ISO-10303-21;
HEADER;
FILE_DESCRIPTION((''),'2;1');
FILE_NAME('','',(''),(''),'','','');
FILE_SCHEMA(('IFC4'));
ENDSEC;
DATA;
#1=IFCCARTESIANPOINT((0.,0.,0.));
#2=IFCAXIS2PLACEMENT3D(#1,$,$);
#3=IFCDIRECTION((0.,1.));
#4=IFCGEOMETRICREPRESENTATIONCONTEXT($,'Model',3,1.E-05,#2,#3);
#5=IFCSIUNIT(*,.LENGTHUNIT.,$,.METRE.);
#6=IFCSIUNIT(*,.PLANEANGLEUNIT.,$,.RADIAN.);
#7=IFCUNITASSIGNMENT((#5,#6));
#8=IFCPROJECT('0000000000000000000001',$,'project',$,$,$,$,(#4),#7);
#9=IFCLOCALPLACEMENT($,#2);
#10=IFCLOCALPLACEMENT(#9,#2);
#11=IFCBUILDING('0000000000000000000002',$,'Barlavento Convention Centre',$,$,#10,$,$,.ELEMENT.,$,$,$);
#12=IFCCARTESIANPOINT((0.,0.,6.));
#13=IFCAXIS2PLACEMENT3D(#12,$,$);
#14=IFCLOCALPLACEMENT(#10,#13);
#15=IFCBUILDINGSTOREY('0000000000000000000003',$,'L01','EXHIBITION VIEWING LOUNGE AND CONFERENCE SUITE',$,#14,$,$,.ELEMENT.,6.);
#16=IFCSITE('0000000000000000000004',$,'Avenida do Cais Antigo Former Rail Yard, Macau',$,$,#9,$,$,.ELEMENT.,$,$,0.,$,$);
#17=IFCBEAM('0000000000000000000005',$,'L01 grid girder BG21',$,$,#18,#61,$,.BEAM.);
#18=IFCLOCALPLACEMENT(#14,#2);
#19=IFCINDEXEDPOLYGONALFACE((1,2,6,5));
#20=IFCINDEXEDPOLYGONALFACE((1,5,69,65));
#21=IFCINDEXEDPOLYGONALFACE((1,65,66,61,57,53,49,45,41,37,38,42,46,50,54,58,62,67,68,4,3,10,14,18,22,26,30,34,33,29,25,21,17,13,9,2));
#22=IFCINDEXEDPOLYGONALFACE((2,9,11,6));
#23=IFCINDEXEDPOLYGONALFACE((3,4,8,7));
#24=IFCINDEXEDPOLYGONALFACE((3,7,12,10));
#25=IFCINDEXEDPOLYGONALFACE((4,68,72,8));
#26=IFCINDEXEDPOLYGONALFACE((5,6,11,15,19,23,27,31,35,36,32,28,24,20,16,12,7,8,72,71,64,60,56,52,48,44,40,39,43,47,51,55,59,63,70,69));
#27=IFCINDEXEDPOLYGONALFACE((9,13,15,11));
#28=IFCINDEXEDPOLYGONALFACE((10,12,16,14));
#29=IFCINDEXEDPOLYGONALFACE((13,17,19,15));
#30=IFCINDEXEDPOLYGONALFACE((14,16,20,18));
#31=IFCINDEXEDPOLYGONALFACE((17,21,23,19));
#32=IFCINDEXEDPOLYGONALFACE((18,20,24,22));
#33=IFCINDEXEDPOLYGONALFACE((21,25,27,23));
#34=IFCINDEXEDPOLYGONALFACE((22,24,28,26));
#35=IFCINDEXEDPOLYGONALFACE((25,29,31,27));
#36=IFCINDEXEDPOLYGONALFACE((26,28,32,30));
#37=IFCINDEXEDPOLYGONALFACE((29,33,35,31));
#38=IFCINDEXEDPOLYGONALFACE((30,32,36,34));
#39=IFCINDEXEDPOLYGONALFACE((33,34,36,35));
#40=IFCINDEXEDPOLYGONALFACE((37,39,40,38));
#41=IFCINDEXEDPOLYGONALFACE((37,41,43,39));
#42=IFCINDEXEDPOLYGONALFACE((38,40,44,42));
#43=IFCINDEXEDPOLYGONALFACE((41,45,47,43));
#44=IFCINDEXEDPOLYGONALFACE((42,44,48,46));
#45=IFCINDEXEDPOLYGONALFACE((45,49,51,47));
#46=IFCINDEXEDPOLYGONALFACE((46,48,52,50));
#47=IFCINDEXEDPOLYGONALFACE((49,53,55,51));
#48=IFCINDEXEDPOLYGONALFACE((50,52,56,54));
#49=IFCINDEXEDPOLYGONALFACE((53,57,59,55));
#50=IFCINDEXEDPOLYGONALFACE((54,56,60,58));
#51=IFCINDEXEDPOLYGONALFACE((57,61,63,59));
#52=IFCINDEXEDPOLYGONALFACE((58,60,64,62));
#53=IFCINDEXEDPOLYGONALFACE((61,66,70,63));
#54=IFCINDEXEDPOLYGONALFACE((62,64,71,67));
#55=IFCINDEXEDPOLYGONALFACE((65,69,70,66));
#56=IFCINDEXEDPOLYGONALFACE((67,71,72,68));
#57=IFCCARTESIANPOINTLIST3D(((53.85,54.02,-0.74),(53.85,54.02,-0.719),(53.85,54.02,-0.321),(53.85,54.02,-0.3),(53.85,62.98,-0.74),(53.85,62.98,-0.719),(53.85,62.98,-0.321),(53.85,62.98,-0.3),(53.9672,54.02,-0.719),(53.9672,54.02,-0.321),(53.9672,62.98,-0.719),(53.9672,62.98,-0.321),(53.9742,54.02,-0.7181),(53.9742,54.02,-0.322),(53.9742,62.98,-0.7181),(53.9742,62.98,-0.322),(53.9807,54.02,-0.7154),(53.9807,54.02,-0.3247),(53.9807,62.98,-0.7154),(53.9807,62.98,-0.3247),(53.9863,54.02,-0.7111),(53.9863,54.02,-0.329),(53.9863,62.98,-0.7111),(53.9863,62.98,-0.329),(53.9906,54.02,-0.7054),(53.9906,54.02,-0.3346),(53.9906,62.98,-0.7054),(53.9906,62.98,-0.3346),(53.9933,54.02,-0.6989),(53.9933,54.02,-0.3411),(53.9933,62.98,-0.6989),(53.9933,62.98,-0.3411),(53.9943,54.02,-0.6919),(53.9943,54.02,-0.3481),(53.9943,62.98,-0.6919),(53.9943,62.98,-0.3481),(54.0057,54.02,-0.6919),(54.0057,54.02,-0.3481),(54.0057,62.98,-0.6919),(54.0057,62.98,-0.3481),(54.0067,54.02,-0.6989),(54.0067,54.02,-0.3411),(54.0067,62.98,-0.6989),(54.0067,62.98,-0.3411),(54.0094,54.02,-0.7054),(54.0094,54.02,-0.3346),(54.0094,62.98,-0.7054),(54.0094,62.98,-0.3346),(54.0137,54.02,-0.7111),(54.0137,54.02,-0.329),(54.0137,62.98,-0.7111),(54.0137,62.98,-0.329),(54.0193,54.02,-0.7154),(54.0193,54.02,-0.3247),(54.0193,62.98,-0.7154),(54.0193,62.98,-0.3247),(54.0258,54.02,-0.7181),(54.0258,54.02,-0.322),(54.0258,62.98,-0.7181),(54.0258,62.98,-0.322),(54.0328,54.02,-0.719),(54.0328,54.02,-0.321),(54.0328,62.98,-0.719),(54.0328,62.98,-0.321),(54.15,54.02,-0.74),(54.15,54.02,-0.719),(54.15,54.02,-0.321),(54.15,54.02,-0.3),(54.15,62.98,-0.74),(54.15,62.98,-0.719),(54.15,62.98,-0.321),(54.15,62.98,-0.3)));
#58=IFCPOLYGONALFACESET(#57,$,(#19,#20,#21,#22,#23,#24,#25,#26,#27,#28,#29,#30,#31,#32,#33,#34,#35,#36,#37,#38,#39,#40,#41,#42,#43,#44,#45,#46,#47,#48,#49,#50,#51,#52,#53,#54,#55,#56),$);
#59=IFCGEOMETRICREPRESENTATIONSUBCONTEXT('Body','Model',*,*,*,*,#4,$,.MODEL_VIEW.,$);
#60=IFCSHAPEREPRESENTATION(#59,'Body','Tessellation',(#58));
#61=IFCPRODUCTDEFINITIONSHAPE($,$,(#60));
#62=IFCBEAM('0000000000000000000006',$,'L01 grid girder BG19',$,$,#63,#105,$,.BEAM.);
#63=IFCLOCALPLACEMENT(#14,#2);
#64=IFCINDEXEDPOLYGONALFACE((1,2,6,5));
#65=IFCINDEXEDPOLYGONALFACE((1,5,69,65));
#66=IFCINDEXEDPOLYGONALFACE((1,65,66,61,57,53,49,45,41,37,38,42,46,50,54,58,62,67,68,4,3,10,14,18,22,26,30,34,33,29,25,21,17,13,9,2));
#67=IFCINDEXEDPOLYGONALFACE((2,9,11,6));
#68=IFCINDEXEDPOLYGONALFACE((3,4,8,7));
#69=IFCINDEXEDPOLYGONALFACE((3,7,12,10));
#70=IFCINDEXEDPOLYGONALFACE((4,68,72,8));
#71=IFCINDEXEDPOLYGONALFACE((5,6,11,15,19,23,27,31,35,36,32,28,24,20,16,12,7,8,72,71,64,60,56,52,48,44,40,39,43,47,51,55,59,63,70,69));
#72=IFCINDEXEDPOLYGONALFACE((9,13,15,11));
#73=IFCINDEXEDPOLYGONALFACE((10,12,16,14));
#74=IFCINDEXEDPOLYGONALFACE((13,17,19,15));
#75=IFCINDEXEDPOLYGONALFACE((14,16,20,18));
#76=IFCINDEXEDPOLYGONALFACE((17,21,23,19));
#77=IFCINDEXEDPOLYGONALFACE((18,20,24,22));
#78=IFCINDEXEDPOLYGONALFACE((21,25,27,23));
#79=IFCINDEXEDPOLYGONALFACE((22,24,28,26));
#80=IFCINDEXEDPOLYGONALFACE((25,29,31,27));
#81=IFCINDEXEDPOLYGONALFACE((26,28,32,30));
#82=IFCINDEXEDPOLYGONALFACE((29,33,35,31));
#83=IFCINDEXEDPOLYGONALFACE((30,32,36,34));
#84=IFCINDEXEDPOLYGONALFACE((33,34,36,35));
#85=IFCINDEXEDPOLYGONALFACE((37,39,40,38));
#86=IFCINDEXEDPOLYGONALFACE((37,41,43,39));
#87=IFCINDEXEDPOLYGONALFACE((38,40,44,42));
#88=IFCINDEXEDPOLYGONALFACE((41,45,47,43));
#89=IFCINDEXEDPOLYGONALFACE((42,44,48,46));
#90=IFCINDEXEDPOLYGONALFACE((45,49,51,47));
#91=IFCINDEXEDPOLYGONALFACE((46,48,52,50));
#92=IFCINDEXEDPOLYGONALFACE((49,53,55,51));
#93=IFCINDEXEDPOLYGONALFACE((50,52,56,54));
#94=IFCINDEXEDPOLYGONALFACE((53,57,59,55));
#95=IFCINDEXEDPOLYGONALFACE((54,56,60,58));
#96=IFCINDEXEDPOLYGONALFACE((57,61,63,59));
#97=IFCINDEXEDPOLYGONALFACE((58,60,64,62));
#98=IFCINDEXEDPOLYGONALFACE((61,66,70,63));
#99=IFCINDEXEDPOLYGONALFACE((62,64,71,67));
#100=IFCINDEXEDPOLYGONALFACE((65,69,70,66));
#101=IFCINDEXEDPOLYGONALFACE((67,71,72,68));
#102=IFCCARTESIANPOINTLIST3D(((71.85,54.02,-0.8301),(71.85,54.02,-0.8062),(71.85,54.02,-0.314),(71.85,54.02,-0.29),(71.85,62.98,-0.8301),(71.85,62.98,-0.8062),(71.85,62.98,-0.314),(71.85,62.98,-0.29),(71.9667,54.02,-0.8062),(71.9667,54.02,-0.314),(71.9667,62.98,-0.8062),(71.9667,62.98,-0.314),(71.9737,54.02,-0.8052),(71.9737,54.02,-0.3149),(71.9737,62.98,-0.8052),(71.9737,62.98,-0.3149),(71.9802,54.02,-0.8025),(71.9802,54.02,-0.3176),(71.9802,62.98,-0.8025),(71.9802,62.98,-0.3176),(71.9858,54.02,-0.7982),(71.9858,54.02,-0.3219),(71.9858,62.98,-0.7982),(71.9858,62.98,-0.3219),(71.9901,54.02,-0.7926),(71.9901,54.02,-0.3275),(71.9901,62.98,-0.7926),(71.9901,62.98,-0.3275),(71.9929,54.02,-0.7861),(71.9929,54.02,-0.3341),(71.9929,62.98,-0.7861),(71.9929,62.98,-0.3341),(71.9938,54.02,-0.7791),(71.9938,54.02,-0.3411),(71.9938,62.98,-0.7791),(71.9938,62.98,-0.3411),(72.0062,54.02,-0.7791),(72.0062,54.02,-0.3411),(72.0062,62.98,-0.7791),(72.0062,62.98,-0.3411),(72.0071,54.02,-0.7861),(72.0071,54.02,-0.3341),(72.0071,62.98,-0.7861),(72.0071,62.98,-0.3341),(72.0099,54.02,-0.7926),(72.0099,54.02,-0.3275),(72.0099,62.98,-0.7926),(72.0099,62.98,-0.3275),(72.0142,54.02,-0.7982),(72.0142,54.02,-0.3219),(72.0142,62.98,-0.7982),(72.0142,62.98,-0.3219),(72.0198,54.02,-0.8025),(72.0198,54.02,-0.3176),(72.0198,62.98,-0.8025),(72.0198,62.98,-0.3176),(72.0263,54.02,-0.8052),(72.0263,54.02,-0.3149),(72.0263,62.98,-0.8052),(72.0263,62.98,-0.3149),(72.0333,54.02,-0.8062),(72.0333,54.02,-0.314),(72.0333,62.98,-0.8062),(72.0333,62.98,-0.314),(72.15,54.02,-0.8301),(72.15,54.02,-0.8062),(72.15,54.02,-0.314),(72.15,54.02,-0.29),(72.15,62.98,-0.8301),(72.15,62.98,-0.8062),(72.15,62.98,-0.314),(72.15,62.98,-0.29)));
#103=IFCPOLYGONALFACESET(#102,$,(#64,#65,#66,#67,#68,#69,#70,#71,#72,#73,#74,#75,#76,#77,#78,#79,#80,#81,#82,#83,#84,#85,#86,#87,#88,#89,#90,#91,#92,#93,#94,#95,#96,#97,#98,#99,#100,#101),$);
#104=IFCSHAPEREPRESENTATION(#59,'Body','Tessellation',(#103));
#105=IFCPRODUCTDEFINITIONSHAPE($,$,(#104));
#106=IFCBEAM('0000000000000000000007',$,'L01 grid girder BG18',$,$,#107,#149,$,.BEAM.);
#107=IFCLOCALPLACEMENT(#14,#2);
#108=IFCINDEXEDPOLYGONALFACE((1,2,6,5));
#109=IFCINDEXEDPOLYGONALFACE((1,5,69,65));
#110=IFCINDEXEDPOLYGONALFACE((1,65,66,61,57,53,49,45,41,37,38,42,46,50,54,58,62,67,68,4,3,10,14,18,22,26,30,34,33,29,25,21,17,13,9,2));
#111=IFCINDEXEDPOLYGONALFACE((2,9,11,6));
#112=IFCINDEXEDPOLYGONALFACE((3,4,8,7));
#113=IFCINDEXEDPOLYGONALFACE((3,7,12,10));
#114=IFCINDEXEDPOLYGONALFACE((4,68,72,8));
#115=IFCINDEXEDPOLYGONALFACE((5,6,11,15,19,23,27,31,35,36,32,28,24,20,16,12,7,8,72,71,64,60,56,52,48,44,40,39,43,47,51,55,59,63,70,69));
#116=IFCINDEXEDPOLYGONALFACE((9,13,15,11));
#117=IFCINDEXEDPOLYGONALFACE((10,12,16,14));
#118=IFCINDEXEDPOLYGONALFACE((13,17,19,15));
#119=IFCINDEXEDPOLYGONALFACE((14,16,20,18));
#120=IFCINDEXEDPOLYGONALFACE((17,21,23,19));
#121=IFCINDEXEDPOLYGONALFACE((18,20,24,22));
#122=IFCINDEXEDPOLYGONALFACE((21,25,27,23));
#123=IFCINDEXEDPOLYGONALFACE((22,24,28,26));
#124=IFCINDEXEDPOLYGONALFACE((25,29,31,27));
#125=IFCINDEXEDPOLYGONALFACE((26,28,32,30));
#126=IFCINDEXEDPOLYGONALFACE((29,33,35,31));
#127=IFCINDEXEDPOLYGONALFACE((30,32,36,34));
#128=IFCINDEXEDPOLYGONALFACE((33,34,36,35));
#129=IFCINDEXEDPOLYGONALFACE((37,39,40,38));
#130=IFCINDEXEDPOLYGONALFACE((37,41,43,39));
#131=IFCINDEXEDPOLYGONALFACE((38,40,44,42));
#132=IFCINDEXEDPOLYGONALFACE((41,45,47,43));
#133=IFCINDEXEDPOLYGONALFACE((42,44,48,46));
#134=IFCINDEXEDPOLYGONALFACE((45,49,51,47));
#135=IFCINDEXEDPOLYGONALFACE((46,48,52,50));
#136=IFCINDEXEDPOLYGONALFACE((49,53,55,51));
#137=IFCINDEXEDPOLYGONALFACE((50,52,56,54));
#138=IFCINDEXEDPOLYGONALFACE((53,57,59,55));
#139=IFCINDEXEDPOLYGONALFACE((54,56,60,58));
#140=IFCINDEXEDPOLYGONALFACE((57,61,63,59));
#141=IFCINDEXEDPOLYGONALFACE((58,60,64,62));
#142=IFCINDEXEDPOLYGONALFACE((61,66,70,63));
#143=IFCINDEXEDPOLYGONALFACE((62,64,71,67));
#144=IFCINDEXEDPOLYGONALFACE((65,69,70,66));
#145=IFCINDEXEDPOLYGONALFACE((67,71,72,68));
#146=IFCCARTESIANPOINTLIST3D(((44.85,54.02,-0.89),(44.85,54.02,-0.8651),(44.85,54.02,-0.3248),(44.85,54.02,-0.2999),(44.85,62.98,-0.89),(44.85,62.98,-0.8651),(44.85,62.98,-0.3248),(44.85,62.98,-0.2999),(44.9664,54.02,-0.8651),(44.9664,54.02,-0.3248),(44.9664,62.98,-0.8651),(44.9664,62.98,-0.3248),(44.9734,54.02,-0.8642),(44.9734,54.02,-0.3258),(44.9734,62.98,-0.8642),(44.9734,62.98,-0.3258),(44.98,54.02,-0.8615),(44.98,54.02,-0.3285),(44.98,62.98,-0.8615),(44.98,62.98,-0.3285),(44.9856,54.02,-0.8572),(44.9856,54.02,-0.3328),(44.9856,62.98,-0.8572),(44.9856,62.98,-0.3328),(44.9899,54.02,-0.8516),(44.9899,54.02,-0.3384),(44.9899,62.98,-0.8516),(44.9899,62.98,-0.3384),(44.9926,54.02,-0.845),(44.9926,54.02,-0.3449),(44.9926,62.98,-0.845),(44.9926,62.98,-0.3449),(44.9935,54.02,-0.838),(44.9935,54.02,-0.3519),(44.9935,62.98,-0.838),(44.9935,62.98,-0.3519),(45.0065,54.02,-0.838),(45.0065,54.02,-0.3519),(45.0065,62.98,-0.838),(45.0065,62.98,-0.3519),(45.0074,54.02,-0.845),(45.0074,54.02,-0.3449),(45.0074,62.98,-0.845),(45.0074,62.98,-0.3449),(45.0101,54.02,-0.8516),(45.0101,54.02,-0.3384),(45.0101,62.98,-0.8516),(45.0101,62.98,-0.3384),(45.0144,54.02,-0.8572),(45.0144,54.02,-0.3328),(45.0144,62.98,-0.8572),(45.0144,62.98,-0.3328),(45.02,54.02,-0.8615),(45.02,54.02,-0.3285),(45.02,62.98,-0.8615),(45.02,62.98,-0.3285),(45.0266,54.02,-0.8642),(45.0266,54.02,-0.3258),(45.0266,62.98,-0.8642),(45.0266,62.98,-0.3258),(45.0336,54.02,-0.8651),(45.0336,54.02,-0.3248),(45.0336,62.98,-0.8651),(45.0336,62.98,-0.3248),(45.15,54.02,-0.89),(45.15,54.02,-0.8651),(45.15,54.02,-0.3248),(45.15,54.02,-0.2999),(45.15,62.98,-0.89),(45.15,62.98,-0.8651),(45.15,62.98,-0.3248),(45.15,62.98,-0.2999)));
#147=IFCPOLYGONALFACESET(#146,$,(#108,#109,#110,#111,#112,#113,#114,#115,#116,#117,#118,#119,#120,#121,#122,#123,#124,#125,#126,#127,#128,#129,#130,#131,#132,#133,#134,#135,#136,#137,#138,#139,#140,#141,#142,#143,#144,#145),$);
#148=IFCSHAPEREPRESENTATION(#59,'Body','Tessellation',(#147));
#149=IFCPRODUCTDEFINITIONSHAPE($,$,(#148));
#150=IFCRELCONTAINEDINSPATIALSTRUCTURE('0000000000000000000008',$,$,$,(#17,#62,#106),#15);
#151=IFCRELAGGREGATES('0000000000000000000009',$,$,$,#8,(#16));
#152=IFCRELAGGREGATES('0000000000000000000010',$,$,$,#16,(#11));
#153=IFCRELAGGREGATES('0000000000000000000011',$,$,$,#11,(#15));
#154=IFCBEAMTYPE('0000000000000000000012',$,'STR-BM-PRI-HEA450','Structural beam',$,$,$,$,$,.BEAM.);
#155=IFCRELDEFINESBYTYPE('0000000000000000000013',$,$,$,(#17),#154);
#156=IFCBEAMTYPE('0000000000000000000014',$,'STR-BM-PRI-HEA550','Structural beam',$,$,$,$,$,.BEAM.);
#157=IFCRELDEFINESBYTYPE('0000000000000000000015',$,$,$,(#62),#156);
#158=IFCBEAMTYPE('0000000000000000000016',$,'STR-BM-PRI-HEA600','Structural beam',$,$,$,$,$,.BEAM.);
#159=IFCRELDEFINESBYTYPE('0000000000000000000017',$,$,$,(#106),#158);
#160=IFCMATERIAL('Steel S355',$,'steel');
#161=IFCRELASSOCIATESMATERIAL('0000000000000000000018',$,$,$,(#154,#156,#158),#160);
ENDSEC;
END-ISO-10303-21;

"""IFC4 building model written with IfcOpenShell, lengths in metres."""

from ifc_helpers import new_model, si_unit, direction, frame, origin, origin_2d, place, context, subcontext, project, spatial, i_section, extrude, material, material_profile, profile_set, type_object, element, save


model = new_model("IFC4")

# Units and contexts
model_context = context("Model", 3, precision=1e-05, world=origin(), true_north=direction((0.0, 1.0)))
body_context = subcontext(model_context, "Body", "Model", "MODEL_VIEW")
ifc_project = project(units=[si_unit("LENGTHUNIT", "METRE"), si_unit("PLANEANGLEUNIT", "RADIAN")], contexts=[model_context])

# Site, building, storey
site_placement = place(None, origin())
site = spatial("IfcSite", under=ifc_project, at=site_placement, Name="Avenida do Cais Antigo Former Rail Yard, Macau", CompositionType="ELEMENT", RefElevation=0.0)
building_placement = place(site_placement, origin())
building = spatial("IfcBuilding", under=site, at=building_placement, Name="Barlavento Convention Centre", CompositionType="ELEMENT")
storey_placement = place(building_placement, frame((0.0, 0.0, 6.0)))
storey = spatial("IfcBuildingStorey", under=building, at=storey_placement, Name="L01", Description="EXHIBITION VIEWING LOUNGE AND CONFERENCE SUITE", CompositionType="ELEMENT", Elevation=6.0)

# Beams
ifc_material_1 = material(Name="Steel S355", Category="steel")
ifc_material_profile_1 = material_profile(ifc_material_1, i_section(OverallWidth=0.3, OverallDepth=0.4399, WebThickness=0.0115, FlangeThickness=0.021, FilletRadius=0.0271, at=origin_2d()), Name="HEA 450")
ifc_profile_set_1 = profile_set([ifc_material_profile_1], Name="Steel S355")
beam_type_1 = type_object("IfcBeamType", Name="STR-BM-PRI-HEA450", Description="Structural beam", PredefinedType="BEAM", material=ifc_profile_set_1)
beam_1_placement = place(storey_placement, frame((54.0, 54.02, -0.52), z_axis=(0.0, 1.0, 0.0), x_axis=(-1.0, 0.0, 0.0)))
element("IfcBeam", 1, at=beam_1_placement, inside=storey, type_object=beam_type_1, Name="L01 grid girder BG21", PredefinedType="BEAM", context=body_context, shape_type="SweptSolid", body=[
    extrude(i_section(OverallWidth=0.3, OverallDepth=0.4399, WebThickness=0.0115, FlangeThickness=0.021, FilletRadius=0.0271, at=origin_2d()), origin(), (0.0, 0.0, 1.0), 8.96),
])
ifc_material_profile_2 = material_profile(ifc_material_1, i_section(OverallWidth=0.3, OverallDepth=0.54, WebThickness=0.0125, FlangeThickness=0.0239, FilletRadius=0.0271, at=origin_2d()), Name="HEA 550")
ifc_profile_set_2 = profile_set([ifc_material_profile_2], Name="Steel S355")
beam_type_2 = type_object("IfcBeamType", Name="STR-BM-PRI-HEA550", Description="Structural beam", PredefinedType="BEAM", material=ifc_profile_set_2)
beam_2_placement = place(storey_placement, frame((72.0, 54.02, -0.5601), z_axis=(0.0, 1.0, 0.0), x_axis=(-1.0, 0.0, 0.0)))
element("IfcBeam", 2, at=beam_2_placement, inside=storey, type_object=beam_type_2, Name="L01 grid girder BG19", PredefinedType="BEAM", context=body_context, shape_type="SweptSolid", body=[
    extrude(i_section(OverallWidth=0.3, OverallDepth=0.54, WebThickness=0.0125, FlangeThickness=0.0239, FilletRadius=0.0271, at=origin_2d()), origin(), (0.0, 0.0, 1.0), 8.96),
])
ifc_material_profile_3 = material_profile(ifc_material_1, i_section(OverallWidth=0.3, OverallDepth=0.5901, WebThickness=0.0129, FlangeThickness=0.0249, FilletRadius=0.0271, at=origin_2d()), Name="HEA 600")
ifc_profile_set_3 = profile_set([ifc_material_profile_3], Name="Steel S355")
beam_type_3 = type_object("IfcBeamType", Name="STR-BM-PRI-HEA600", Description="Structural beam", PredefinedType="BEAM", material=ifc_profile_set_3)
beam_3_placement = place(storey_placement, frame((45.0, 54.02, -0.595), z_axis=(0.0, 1.0, 0.0), x_axis=(-1.0, 0.0, 0.0)))
element("IfcBeam", 3, at=beam_3_placement, inside=storey, type_object=beam_type_3, Name="L01 grid girder BG18", PredefinedType="BEAM", context=body_context, shape_type="SweptSolid", body=[
    extrude(i_section(OverallWidth=0.3, OverallDepth=0.5901, WebThickness=0.0129, FlangeThickness=0.0249, FilletRadius=0.0271, at=origin_2d()), origin(), (0.0, 0.0, 1.0), 8.96),
])

save(model, "model.ifc")
